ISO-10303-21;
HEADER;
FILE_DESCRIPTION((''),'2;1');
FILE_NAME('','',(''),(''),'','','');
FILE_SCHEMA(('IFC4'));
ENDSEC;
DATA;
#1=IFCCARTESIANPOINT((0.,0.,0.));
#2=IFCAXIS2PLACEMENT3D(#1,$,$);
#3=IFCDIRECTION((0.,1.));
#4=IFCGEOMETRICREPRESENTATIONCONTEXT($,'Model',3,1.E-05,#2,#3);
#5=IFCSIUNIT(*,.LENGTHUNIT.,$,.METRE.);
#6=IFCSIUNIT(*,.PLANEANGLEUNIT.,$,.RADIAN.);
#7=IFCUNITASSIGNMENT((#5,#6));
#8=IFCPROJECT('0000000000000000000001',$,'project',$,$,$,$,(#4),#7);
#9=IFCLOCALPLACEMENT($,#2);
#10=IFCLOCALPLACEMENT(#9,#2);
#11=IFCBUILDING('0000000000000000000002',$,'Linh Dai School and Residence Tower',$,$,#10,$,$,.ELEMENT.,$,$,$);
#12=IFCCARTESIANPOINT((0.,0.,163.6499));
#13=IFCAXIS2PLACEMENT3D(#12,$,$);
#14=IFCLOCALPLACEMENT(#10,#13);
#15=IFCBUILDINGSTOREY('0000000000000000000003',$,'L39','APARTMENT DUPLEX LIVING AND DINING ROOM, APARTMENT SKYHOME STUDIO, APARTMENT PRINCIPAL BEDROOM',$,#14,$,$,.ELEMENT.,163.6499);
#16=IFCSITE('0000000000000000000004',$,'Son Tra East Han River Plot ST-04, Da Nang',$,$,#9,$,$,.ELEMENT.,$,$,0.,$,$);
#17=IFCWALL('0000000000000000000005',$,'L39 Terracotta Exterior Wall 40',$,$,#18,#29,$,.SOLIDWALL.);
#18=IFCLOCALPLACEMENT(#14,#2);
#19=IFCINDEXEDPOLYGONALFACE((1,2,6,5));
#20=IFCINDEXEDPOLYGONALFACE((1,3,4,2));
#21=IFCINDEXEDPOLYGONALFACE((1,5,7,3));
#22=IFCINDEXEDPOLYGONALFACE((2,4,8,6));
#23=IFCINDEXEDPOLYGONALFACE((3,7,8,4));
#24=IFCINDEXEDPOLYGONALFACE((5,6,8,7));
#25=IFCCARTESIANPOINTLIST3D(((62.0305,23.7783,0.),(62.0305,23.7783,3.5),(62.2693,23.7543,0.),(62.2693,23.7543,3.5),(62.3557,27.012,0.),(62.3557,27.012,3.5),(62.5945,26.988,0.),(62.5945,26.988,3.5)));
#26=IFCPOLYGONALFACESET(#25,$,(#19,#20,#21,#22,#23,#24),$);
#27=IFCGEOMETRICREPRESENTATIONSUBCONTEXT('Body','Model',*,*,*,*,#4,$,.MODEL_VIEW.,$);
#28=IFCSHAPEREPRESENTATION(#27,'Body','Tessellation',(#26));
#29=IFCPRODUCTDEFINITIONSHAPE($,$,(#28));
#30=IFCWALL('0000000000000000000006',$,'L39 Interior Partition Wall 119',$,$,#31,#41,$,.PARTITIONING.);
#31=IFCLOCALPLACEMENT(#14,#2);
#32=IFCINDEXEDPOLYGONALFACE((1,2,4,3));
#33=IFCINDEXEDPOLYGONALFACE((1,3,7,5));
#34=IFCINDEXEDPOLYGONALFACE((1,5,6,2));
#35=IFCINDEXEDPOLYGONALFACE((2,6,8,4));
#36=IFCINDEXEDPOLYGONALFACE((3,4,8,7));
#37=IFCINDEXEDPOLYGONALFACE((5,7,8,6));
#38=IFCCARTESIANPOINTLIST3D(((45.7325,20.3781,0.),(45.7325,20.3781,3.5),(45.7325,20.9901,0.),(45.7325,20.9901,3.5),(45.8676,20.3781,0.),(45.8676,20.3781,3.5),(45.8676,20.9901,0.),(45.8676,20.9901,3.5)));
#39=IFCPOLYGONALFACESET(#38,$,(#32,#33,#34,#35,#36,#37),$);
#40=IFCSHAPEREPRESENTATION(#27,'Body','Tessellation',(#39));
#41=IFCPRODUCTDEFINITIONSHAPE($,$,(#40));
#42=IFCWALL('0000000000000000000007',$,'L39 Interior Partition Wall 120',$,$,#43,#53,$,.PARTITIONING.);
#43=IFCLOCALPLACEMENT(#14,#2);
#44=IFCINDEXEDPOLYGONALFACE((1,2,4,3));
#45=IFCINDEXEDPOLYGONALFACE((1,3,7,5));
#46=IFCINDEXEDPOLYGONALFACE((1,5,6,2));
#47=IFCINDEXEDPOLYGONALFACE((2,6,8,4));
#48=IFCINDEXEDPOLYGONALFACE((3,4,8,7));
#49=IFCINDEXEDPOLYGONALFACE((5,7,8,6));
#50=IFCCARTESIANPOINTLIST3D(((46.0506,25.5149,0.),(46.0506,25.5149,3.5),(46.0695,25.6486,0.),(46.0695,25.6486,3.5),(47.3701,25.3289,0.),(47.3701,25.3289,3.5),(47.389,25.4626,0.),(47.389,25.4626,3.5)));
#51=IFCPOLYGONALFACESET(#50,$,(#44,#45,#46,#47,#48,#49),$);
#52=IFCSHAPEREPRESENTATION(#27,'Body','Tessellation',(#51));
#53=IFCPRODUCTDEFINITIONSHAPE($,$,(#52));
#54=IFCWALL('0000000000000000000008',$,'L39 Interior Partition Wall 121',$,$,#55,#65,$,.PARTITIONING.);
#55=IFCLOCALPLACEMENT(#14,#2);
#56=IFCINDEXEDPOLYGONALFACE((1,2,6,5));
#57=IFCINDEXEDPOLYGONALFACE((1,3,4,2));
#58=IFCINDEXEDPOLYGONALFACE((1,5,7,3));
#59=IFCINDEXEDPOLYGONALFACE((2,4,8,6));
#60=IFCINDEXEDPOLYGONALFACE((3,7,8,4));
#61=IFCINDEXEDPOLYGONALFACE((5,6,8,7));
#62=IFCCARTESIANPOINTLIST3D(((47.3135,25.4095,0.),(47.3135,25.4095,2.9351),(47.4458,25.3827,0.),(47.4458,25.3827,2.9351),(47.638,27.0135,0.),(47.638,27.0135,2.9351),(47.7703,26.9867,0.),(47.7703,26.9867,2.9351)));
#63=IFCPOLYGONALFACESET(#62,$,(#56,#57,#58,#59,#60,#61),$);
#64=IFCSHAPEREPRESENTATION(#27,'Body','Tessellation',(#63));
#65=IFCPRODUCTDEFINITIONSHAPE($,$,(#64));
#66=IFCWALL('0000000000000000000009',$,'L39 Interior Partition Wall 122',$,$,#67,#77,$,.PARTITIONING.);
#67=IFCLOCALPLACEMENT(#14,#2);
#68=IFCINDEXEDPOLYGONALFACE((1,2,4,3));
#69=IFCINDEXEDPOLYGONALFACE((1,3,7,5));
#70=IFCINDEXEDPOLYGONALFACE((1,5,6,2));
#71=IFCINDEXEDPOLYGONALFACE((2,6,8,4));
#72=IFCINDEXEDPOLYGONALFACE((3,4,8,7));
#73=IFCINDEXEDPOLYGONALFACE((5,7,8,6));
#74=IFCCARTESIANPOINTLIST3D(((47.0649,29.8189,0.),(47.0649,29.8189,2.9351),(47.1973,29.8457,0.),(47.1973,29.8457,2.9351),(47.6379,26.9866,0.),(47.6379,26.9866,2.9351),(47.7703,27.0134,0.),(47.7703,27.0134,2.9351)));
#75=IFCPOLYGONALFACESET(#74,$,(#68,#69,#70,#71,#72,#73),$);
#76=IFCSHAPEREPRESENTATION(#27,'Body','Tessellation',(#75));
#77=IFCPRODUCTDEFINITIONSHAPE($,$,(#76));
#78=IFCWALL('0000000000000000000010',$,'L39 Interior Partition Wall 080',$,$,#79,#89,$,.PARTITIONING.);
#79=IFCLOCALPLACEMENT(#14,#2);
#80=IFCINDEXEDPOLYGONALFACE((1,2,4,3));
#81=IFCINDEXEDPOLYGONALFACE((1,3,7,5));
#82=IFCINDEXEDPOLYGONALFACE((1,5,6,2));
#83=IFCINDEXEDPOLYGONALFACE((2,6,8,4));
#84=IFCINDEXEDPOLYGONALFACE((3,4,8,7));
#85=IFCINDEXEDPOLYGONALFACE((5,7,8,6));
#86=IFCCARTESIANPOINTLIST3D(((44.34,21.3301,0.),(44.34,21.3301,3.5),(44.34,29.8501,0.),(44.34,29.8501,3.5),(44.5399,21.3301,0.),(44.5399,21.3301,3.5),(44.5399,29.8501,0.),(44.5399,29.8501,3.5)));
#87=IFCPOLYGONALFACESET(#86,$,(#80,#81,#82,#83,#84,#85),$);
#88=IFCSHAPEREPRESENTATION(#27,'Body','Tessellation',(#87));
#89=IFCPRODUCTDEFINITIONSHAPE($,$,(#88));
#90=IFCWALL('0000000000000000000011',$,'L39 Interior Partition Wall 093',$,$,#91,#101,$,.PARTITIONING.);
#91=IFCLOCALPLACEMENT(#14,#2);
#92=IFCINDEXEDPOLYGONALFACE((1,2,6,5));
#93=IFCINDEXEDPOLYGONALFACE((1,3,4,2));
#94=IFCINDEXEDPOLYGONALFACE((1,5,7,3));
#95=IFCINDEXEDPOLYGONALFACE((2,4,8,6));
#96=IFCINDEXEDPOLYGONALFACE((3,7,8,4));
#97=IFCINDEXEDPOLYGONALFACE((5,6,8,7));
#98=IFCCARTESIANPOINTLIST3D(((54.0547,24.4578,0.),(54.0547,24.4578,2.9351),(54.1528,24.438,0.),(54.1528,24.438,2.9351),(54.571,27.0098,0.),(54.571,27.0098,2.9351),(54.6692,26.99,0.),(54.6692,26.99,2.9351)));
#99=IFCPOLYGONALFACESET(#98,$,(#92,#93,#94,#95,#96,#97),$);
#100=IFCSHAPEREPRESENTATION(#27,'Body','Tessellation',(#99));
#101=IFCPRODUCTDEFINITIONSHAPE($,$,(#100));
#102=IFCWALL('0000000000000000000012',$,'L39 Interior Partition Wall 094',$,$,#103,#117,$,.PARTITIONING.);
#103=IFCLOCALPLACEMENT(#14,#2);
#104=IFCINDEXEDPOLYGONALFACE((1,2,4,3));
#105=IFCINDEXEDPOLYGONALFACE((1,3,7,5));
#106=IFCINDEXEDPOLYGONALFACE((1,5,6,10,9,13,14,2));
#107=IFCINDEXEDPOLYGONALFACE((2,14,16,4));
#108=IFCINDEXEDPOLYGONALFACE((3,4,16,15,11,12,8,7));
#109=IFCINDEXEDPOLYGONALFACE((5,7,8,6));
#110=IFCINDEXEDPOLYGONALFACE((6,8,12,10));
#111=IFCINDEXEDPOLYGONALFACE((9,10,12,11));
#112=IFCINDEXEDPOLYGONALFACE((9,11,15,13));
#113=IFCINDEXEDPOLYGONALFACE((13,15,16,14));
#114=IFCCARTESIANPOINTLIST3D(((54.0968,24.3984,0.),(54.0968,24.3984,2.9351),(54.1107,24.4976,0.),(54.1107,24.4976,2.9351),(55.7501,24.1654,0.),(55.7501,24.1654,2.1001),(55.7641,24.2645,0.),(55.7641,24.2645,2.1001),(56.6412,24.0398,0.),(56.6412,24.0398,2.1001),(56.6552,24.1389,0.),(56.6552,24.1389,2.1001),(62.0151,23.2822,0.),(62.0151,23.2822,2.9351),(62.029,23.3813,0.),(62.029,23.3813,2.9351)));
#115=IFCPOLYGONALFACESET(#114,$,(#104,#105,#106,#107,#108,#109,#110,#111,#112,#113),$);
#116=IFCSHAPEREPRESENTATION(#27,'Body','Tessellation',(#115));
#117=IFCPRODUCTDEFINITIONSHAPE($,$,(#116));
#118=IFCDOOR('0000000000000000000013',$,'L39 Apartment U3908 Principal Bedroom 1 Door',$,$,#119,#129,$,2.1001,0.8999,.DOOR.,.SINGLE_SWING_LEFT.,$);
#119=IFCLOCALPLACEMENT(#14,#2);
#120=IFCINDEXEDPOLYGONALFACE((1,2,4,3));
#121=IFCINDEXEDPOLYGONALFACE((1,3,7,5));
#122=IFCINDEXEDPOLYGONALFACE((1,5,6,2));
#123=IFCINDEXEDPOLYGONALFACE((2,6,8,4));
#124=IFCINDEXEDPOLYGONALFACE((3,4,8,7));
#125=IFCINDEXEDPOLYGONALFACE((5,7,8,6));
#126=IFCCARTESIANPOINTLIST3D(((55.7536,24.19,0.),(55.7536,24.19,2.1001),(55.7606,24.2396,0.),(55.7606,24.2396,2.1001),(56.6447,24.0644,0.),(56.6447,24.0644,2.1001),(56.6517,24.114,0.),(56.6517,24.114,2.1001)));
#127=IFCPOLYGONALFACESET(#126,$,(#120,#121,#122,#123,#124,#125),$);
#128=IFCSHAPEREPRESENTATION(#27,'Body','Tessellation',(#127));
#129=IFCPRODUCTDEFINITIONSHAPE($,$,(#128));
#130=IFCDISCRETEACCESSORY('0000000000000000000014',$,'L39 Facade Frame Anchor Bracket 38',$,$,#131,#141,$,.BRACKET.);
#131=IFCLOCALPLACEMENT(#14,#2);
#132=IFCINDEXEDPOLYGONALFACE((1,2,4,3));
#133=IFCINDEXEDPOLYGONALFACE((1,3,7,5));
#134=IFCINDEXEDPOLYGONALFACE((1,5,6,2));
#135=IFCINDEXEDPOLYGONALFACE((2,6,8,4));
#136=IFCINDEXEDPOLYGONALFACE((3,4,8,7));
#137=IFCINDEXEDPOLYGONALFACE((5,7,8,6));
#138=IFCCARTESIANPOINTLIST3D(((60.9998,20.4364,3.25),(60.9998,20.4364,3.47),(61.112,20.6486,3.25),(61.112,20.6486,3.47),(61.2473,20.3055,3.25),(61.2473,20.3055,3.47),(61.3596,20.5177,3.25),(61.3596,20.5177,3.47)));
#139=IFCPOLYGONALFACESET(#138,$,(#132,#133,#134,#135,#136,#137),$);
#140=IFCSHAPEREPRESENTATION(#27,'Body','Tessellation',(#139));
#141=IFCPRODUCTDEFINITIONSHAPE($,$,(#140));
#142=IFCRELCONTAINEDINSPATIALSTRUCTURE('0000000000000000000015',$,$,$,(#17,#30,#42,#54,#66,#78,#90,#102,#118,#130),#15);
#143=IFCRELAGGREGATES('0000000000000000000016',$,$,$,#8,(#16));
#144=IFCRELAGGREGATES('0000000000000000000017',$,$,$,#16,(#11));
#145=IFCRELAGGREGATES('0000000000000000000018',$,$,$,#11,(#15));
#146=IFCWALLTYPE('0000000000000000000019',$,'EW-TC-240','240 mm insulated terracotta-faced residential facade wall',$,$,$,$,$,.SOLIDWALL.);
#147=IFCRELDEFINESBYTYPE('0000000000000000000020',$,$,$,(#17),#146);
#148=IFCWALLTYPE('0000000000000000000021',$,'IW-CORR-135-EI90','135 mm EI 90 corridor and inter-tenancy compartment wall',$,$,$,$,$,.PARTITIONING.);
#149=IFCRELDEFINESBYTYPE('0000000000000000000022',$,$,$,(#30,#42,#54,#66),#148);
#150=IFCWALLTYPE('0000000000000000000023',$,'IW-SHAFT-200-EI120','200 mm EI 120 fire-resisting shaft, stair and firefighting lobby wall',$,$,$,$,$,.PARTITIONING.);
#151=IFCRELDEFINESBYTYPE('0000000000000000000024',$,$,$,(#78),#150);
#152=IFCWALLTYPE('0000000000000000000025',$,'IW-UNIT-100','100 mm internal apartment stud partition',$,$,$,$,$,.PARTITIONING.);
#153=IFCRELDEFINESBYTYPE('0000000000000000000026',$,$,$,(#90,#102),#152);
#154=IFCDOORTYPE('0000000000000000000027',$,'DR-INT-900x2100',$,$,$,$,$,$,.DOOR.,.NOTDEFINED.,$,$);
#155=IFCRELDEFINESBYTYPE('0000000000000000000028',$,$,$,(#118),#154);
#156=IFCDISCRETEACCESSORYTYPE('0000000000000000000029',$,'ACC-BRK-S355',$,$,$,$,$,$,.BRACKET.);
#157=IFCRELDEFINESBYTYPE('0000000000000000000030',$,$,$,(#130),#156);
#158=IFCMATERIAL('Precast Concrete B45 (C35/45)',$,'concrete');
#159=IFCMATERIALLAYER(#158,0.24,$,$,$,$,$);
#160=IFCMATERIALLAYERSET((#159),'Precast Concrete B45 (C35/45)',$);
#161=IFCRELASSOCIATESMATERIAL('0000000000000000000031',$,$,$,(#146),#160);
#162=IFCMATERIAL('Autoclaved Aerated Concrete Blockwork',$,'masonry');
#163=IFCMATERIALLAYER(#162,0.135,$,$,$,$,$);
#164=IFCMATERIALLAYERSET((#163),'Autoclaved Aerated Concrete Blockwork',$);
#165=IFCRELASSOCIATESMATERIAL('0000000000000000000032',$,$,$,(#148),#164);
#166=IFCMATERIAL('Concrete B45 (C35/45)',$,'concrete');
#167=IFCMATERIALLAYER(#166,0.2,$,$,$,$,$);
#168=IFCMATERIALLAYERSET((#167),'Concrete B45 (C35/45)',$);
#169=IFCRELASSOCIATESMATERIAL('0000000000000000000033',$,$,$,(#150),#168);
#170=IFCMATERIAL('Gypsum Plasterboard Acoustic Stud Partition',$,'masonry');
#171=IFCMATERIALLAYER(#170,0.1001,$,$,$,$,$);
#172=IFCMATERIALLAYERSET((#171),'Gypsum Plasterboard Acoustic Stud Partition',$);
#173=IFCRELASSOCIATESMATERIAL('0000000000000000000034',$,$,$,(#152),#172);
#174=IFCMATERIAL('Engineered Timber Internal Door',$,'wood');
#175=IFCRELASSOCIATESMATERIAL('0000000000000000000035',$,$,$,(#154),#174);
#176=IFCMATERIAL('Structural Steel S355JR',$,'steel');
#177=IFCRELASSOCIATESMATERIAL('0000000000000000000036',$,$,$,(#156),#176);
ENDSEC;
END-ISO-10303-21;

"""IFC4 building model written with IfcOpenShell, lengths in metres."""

from ifc_helpers import new_model, si_unit, direction, frame, frame_2d, origin, origin_2d, place, context, subcontext, project, spatial, rectangle, extrude, source, transform, mapped, material, layer, layer_set, type_object, element, fill, save


model = new_model("IFC4")

# Units and contexts
model_context = context("Model", 3, precision=1e-05, world=origin(), true_north=direction((0.0, 1.0)))
body_context = subcontext(model_context, "Body", "Model", "MODEL_VIEW")
ifc_project = project(units=[si_unit("LENGTHUNIT", "METRE"), si_unit("PLANEANGLEUNIT", "RADIAN")], contexts=[model_context])

# Site, building, storey
site_placement = place(None, origin())
site = spatial("IfcSite", under=ifc_project, at=site_placement, Name="Son Tra East Han River Plot ST-04, Da Nang", CompositionType="ELEMENT", RefElevation=0.0)
building_placement = place(site_placement, origin())
building = spatial("IfcBuilding", under=site, at=building_placement, Name="Linh Dai School and Residence Tower", CompositionType="ELEMENT")
storey_placement = place(building_placement, frame((0.0, 0.0, 163.6499)))
storey = spatial("IfcBuildingStorey", under=building, at=storey_placement, Name="L39", Description="APARTMENT DUPLEX LIVING AND DINING ROOM, APARTMENT SKYHOME STUDIO, APARTMENT PRINCIPAL BEDROOM", CompositionType="ELEMENT", Elevation=163.6499)

# Shared definitions
ifc_material_1 = material(Name="Structural Steel S355JR", Category="steel")

# Shared definitions
ifc_material_2 = material(Name="Precast Concrete B45 (C35/45)", Category="concrete")

# Shared definitions
ifc_layer_1 = layer(ifc_material_2, 0.24)
ifc_layer_set_1 = layer_set([ifc_layer_1], Name="Precast Concrete B45 (C35/45)")
wall_type_1 = type_object("IfcWallType", Name="EW-TC-240", Description="240 mm insulated terracotta-faced residential facade wall", PredefinedType="SOLIDWALL", material=ifc_layer_set_1)

# Walls
wall_1_placement = place(storey_placement, frame((62.4751, 27.0, 0.0), z_axis=(0.0, 0.0, 1.0), x_axis=(-0.100062, -0.994981, 0.0)))
element("IfcWall", 1, at=wall_1_placement, inside=storey, type_object=wall_type_1, Name="L39 Terracotta Exterior Wall 40", PredefinedType="SOLIDWALL", context=body_context, shape_type="SweptSolid", body=[
    extrude(rectangle(XDim=3.25, YDim=0.24, at=frame_2d((1.625, 0.0))), origin(), (0.0, 0.0, 1.0), 3.5),
])
ifc_material_3 = material(Name="Autoclaved Aerated Concrete Blockwork", Category="masonry")
ifc_layer_2 = layer(ifc_material_3, 0.135)
ifc_layer_set_2 = layer_set([ifc_layer_2], Name="Autoclaved Aerated Concrete Blockwork")
wall_type_2 = type_object("IfcWallType", Name="IW-CORR-135-EI90", Description="135 mm EI 90 corridor and inter-tenancy compartment wall", PredefinedType="PARTITIONING", material=ifc_layer_set_2)
wall_2_placement = place(storey_placement, frame((45.8, 20.3779, 0.0), z_axis=(0.0, 0.0, 1.0), x_axis=(0.0, 1.0, 0.0)))
element("IfcWall", 2, at=wall_2_placement, inside=storey, type_object=wall_type_2, Name="L39 Interior Partition Wall 119", PredefinedType="PARTITIONING", context=body_context, shape_type="SweptSolid", body=[
    extrude(rectangle(XDim=0.6121, YDim=0.135, at=frame_2d((0.3062, 0.0))), origin(), (0.0, 0.0, 1.0), 3.5),
])
wall_3_placement = place(storey_placement, frame((46.0601, 25.5818, 0.0), z_axis=(0.0, 0.0, 1.0), x_axis=(0.990208, -0.1396, 0.0)))
element("IfcWall", 3, at=wall_3_placement, inside=storey, type_object=wall_type_2, Name="L39 Interior Partition Wall 120", PredefinedType="PARTITIONING", context=body_context, shape_type="SweptSolid", body=[
    extrude(rectangle(XDim=1.3325, YDim=0.135, at=frame_2d((0.6663, 0.0))), origin(), (0.0, 0.0, 1.0), 3.5),
])
wall_4_placement = place(storey_placement, frame((47.3796, 25.396, 0.0), z_axis=(0.0, 0.0, 1.0), x_axis=(0.198267, 0.980148, 0.0)))
element("IfcWall", 4, at=wall_4_placement, inside=storey, type_object=wall_type_2, Name="L39 Interior Partition Wall 121", PredefinedType="PARTITIONING", context=body_context, shape_type="SweptSolid", body=[
    extrude(rectangle(XDim=1.6365, YDim=0.135, at=frame_2d((0.8184, 0.0))), origin(), (0.0, 0.0, 1.0), 2.9351),
])
wall_5_placement = place(storey_placement, frame((47.7041, 27.0, 0.0), z_axis=(0.0, 0.0, 1.0), x_axis=(-0.198293, 0.980143, 0.0)))
element("IfcWall", 5, at=wall_5_placement, inside=storey, type_object=wall_type_2, Name="L39 Interior Partition Wall 122", PredefinedType="PARTITIONING", context=body_context, shape_type="SweptSolid", body=[
    extrude(rectangle(XDim=2.8896, YDim=0.135, at=frame_2d((1.4448, 0.0))), origin(), (0.0, 0.0, 1.0), 2.9351),
])
ifc_material_4 = material(Name="Concrete B45 (C35/45)", Category="concrete")
ifc_layer_3 = layer(ifc_material_4, 0.2)
ifc_layer_set_3 = layer_set([ifc_layer_3], Name="Concrete B45 (C35/45)")
wall_type_3 = type_object("IfcWallType", Name="IW-SHAFT-200-EI120", Description="200 mm EI 120 fire-resisting shaft, stair and firefighting lobby wall", PredefinedType="PARTITIONING", material=ifc_layer_set_3)
wall_6_placement = place(storey_placement, frame((44.4399, 21.3301, 0.0), z_axis=(0.0, 0.0, 1.0), x_axis=(0.0, 1.0, 0.0)))
element("IfcWall", 6, at=wall_6_placement, inside=storey, type_object=wall_type_3, Name="L39 Interior Partition Wall 080", PredefinedType="PARTITIONING", context=body_context, shape_type="SweptSolid", body=[
    extrude(rectangle(XDim=8.52, YDim=0.2, at=frame_2d((4.26, 0.0))), origin(), (0.0, 0.0, 1.0), 3.5),
])
ifc_material_5 = material(Name="Gypsum Plasterboard Acoustic Stud Partition", Category="masonry")
ifc_layer_4 = layer(ifc_material_5, 0.1001)
ifc_layer_set_4 = layer_set([ifc_layer_4], Name="Gypsum Plasterboard Acoustic Stud Partition")
wall_type_4 = type_object("IfcWallType", Name="IW-UNIT-100", Description="100 mm internal apartment stud partition", PredefinedType="PARTITIONING", material=ifc_layer_set_4)
wall_7_placement = place(storey_placement, frame((54.1038, 24.448, 0.0), z_axis=(0.0, 0.0, 1.0), x_axis=(0.198316, 0.980138, 0.0)))
element("IfcWall", 7, at=wall_7_placement, inside=storey, type_object=wall_type_4, Name="L39 Interior Partition Wall 093", PredefinedType="PARTITIONING", context=body_context, shape_type="SweptSolid", body=[
    extrude(rectangle(XDim=2.6038, YDim=0.1001, at=frame_2d((1.3018, 0.0))), origin(), (0.0, 0.0, 1.0), 2.9351),
])

# Wall, opening, door
wall_8_placement = place(storey_placement, frame((54.1038, 24.448, 0.0), z_axis=(0.0, 0.0, 1.0), x_axis=(0.99021, -0.139587, 0.0)))
wall_8 = element("IfcWall", 8, at=wall_8_placement, inside=storey, type_object=wall_type_4, Name="L39 Interior Partition Wall 094", PredefinedType="PARTITIONING", context=body_context, shape_type="SweptSolid", body=[
    extrude(rectangle(XDim=7.9966, YDim=0.1001, at=frame_2d((3.9983, 0.0))), origin(), (0.0, 0.0, 1.0), 2.9351),
])
opening_1_placement = place(wall_8_placement, frame((1.6697, 0.0, 0.0)))
opening_1 = element("IfcOpeningElement", 9, at=opening_1_placement, cuts=wall_8, PredefinedType="OPENING", context=body_context, shape_type="SweptSolid", body=[
    extrude(rectangle(XDim=0.8999, YDim=2.1001, at=origin_2d()), frame((0.45, 0.0601, 1.05), z_axis=(0.0, -1.0, 0.0), x_axis=(1.0, 0.0, 0.0)), (0.0, 0.0, 1.0), 0.1201),
])
ifc_material_6 = material(Name="Engineered Timber Internal Door", Category="wood")
door_type_1 = type_object("IfcDoorType", Name="DR-INT-900x2100", OperationType="NOTDEFINED", PredefinedType="DOOR", material=ifc_material_6)
shared_shape_1 = source(origin(), body_context, "Body", "SweptSolid", [
    extrude(rectangle(XDim=0.8999, YDim=2.1001, at=origin_2d()), frame((0.45, 0.0249, 1.05), z_axis=(0.0, -1.0, 0.0), x_axis=(1.0, 0.0, 0.0)), (0.0, 0.0, 1.0), 0.05),
])
door_1_placement = place(opening_1_placement, origin())
door_1 = element("IfcDoor", 10, at=door_1_placement, inside=storey, type_object=door_type_1, Name="L39 Apartment U3908 Principal Bedroom 1 Door", OperationType="SINGLE_SWING_LEFT", OverallHeight=2.1001, OverallWidth=0.8999, PredefinedType="DOOR", context=body_context, shape_type="MappedRepresentation", body=[
    mapped(shared_shape_1, transform((0.0, 0.0, 0.0), x_axis=(1.0, 0.0, 0.0), y_axis=(0.0, 1.0, 0.0), z_axis=(0.0, 0.0, 1.0), scale=1.0)),
])
fill(opening_1, door_1)

# Discrete accessory
discrete_accessory_type = type_object("IfcDiscreteAccessoryType", Name="ACC-BRK-S355", PredefinedType="BRACKET", material=ifc_material_1)
shared_shape_2 = source(origin(), body_context, "Body", "SweptSolid", [
    extrude(rectangle(XDim=0.28, YDim=0.24, at=origin_2d()), origin(), (0.0, 0.0, 1.0), 0.22),
])
discrete_accessory_placement = place(storey_placement, frame((61.1797, 20.4771, 3.25), z_axis=(0.0, 0.0, 1.0), x_axis=(0.883951, -0.46758, 0.0)))
element("IfcDiscreteAccessory", 11, at=discrete_accessory_placement, inside=storey, type_object=discrete_accessory_type, Name="L39 Facade Frame Anchor Bracket 38", PredefinedType="BRACKET", context=body_context, shape_type="MappedRepresentation", body=[
    mapped(shared_shape_2, transform((0.0, 0.0, 0.0), x_axis=(1.0, 0.0, 0.0), y_axis=(0.0, 1.0, 0.0), z_axis=(0.0, 0.0, 1.0), scale=1.0)),
])

save(model, "model.ifc")
